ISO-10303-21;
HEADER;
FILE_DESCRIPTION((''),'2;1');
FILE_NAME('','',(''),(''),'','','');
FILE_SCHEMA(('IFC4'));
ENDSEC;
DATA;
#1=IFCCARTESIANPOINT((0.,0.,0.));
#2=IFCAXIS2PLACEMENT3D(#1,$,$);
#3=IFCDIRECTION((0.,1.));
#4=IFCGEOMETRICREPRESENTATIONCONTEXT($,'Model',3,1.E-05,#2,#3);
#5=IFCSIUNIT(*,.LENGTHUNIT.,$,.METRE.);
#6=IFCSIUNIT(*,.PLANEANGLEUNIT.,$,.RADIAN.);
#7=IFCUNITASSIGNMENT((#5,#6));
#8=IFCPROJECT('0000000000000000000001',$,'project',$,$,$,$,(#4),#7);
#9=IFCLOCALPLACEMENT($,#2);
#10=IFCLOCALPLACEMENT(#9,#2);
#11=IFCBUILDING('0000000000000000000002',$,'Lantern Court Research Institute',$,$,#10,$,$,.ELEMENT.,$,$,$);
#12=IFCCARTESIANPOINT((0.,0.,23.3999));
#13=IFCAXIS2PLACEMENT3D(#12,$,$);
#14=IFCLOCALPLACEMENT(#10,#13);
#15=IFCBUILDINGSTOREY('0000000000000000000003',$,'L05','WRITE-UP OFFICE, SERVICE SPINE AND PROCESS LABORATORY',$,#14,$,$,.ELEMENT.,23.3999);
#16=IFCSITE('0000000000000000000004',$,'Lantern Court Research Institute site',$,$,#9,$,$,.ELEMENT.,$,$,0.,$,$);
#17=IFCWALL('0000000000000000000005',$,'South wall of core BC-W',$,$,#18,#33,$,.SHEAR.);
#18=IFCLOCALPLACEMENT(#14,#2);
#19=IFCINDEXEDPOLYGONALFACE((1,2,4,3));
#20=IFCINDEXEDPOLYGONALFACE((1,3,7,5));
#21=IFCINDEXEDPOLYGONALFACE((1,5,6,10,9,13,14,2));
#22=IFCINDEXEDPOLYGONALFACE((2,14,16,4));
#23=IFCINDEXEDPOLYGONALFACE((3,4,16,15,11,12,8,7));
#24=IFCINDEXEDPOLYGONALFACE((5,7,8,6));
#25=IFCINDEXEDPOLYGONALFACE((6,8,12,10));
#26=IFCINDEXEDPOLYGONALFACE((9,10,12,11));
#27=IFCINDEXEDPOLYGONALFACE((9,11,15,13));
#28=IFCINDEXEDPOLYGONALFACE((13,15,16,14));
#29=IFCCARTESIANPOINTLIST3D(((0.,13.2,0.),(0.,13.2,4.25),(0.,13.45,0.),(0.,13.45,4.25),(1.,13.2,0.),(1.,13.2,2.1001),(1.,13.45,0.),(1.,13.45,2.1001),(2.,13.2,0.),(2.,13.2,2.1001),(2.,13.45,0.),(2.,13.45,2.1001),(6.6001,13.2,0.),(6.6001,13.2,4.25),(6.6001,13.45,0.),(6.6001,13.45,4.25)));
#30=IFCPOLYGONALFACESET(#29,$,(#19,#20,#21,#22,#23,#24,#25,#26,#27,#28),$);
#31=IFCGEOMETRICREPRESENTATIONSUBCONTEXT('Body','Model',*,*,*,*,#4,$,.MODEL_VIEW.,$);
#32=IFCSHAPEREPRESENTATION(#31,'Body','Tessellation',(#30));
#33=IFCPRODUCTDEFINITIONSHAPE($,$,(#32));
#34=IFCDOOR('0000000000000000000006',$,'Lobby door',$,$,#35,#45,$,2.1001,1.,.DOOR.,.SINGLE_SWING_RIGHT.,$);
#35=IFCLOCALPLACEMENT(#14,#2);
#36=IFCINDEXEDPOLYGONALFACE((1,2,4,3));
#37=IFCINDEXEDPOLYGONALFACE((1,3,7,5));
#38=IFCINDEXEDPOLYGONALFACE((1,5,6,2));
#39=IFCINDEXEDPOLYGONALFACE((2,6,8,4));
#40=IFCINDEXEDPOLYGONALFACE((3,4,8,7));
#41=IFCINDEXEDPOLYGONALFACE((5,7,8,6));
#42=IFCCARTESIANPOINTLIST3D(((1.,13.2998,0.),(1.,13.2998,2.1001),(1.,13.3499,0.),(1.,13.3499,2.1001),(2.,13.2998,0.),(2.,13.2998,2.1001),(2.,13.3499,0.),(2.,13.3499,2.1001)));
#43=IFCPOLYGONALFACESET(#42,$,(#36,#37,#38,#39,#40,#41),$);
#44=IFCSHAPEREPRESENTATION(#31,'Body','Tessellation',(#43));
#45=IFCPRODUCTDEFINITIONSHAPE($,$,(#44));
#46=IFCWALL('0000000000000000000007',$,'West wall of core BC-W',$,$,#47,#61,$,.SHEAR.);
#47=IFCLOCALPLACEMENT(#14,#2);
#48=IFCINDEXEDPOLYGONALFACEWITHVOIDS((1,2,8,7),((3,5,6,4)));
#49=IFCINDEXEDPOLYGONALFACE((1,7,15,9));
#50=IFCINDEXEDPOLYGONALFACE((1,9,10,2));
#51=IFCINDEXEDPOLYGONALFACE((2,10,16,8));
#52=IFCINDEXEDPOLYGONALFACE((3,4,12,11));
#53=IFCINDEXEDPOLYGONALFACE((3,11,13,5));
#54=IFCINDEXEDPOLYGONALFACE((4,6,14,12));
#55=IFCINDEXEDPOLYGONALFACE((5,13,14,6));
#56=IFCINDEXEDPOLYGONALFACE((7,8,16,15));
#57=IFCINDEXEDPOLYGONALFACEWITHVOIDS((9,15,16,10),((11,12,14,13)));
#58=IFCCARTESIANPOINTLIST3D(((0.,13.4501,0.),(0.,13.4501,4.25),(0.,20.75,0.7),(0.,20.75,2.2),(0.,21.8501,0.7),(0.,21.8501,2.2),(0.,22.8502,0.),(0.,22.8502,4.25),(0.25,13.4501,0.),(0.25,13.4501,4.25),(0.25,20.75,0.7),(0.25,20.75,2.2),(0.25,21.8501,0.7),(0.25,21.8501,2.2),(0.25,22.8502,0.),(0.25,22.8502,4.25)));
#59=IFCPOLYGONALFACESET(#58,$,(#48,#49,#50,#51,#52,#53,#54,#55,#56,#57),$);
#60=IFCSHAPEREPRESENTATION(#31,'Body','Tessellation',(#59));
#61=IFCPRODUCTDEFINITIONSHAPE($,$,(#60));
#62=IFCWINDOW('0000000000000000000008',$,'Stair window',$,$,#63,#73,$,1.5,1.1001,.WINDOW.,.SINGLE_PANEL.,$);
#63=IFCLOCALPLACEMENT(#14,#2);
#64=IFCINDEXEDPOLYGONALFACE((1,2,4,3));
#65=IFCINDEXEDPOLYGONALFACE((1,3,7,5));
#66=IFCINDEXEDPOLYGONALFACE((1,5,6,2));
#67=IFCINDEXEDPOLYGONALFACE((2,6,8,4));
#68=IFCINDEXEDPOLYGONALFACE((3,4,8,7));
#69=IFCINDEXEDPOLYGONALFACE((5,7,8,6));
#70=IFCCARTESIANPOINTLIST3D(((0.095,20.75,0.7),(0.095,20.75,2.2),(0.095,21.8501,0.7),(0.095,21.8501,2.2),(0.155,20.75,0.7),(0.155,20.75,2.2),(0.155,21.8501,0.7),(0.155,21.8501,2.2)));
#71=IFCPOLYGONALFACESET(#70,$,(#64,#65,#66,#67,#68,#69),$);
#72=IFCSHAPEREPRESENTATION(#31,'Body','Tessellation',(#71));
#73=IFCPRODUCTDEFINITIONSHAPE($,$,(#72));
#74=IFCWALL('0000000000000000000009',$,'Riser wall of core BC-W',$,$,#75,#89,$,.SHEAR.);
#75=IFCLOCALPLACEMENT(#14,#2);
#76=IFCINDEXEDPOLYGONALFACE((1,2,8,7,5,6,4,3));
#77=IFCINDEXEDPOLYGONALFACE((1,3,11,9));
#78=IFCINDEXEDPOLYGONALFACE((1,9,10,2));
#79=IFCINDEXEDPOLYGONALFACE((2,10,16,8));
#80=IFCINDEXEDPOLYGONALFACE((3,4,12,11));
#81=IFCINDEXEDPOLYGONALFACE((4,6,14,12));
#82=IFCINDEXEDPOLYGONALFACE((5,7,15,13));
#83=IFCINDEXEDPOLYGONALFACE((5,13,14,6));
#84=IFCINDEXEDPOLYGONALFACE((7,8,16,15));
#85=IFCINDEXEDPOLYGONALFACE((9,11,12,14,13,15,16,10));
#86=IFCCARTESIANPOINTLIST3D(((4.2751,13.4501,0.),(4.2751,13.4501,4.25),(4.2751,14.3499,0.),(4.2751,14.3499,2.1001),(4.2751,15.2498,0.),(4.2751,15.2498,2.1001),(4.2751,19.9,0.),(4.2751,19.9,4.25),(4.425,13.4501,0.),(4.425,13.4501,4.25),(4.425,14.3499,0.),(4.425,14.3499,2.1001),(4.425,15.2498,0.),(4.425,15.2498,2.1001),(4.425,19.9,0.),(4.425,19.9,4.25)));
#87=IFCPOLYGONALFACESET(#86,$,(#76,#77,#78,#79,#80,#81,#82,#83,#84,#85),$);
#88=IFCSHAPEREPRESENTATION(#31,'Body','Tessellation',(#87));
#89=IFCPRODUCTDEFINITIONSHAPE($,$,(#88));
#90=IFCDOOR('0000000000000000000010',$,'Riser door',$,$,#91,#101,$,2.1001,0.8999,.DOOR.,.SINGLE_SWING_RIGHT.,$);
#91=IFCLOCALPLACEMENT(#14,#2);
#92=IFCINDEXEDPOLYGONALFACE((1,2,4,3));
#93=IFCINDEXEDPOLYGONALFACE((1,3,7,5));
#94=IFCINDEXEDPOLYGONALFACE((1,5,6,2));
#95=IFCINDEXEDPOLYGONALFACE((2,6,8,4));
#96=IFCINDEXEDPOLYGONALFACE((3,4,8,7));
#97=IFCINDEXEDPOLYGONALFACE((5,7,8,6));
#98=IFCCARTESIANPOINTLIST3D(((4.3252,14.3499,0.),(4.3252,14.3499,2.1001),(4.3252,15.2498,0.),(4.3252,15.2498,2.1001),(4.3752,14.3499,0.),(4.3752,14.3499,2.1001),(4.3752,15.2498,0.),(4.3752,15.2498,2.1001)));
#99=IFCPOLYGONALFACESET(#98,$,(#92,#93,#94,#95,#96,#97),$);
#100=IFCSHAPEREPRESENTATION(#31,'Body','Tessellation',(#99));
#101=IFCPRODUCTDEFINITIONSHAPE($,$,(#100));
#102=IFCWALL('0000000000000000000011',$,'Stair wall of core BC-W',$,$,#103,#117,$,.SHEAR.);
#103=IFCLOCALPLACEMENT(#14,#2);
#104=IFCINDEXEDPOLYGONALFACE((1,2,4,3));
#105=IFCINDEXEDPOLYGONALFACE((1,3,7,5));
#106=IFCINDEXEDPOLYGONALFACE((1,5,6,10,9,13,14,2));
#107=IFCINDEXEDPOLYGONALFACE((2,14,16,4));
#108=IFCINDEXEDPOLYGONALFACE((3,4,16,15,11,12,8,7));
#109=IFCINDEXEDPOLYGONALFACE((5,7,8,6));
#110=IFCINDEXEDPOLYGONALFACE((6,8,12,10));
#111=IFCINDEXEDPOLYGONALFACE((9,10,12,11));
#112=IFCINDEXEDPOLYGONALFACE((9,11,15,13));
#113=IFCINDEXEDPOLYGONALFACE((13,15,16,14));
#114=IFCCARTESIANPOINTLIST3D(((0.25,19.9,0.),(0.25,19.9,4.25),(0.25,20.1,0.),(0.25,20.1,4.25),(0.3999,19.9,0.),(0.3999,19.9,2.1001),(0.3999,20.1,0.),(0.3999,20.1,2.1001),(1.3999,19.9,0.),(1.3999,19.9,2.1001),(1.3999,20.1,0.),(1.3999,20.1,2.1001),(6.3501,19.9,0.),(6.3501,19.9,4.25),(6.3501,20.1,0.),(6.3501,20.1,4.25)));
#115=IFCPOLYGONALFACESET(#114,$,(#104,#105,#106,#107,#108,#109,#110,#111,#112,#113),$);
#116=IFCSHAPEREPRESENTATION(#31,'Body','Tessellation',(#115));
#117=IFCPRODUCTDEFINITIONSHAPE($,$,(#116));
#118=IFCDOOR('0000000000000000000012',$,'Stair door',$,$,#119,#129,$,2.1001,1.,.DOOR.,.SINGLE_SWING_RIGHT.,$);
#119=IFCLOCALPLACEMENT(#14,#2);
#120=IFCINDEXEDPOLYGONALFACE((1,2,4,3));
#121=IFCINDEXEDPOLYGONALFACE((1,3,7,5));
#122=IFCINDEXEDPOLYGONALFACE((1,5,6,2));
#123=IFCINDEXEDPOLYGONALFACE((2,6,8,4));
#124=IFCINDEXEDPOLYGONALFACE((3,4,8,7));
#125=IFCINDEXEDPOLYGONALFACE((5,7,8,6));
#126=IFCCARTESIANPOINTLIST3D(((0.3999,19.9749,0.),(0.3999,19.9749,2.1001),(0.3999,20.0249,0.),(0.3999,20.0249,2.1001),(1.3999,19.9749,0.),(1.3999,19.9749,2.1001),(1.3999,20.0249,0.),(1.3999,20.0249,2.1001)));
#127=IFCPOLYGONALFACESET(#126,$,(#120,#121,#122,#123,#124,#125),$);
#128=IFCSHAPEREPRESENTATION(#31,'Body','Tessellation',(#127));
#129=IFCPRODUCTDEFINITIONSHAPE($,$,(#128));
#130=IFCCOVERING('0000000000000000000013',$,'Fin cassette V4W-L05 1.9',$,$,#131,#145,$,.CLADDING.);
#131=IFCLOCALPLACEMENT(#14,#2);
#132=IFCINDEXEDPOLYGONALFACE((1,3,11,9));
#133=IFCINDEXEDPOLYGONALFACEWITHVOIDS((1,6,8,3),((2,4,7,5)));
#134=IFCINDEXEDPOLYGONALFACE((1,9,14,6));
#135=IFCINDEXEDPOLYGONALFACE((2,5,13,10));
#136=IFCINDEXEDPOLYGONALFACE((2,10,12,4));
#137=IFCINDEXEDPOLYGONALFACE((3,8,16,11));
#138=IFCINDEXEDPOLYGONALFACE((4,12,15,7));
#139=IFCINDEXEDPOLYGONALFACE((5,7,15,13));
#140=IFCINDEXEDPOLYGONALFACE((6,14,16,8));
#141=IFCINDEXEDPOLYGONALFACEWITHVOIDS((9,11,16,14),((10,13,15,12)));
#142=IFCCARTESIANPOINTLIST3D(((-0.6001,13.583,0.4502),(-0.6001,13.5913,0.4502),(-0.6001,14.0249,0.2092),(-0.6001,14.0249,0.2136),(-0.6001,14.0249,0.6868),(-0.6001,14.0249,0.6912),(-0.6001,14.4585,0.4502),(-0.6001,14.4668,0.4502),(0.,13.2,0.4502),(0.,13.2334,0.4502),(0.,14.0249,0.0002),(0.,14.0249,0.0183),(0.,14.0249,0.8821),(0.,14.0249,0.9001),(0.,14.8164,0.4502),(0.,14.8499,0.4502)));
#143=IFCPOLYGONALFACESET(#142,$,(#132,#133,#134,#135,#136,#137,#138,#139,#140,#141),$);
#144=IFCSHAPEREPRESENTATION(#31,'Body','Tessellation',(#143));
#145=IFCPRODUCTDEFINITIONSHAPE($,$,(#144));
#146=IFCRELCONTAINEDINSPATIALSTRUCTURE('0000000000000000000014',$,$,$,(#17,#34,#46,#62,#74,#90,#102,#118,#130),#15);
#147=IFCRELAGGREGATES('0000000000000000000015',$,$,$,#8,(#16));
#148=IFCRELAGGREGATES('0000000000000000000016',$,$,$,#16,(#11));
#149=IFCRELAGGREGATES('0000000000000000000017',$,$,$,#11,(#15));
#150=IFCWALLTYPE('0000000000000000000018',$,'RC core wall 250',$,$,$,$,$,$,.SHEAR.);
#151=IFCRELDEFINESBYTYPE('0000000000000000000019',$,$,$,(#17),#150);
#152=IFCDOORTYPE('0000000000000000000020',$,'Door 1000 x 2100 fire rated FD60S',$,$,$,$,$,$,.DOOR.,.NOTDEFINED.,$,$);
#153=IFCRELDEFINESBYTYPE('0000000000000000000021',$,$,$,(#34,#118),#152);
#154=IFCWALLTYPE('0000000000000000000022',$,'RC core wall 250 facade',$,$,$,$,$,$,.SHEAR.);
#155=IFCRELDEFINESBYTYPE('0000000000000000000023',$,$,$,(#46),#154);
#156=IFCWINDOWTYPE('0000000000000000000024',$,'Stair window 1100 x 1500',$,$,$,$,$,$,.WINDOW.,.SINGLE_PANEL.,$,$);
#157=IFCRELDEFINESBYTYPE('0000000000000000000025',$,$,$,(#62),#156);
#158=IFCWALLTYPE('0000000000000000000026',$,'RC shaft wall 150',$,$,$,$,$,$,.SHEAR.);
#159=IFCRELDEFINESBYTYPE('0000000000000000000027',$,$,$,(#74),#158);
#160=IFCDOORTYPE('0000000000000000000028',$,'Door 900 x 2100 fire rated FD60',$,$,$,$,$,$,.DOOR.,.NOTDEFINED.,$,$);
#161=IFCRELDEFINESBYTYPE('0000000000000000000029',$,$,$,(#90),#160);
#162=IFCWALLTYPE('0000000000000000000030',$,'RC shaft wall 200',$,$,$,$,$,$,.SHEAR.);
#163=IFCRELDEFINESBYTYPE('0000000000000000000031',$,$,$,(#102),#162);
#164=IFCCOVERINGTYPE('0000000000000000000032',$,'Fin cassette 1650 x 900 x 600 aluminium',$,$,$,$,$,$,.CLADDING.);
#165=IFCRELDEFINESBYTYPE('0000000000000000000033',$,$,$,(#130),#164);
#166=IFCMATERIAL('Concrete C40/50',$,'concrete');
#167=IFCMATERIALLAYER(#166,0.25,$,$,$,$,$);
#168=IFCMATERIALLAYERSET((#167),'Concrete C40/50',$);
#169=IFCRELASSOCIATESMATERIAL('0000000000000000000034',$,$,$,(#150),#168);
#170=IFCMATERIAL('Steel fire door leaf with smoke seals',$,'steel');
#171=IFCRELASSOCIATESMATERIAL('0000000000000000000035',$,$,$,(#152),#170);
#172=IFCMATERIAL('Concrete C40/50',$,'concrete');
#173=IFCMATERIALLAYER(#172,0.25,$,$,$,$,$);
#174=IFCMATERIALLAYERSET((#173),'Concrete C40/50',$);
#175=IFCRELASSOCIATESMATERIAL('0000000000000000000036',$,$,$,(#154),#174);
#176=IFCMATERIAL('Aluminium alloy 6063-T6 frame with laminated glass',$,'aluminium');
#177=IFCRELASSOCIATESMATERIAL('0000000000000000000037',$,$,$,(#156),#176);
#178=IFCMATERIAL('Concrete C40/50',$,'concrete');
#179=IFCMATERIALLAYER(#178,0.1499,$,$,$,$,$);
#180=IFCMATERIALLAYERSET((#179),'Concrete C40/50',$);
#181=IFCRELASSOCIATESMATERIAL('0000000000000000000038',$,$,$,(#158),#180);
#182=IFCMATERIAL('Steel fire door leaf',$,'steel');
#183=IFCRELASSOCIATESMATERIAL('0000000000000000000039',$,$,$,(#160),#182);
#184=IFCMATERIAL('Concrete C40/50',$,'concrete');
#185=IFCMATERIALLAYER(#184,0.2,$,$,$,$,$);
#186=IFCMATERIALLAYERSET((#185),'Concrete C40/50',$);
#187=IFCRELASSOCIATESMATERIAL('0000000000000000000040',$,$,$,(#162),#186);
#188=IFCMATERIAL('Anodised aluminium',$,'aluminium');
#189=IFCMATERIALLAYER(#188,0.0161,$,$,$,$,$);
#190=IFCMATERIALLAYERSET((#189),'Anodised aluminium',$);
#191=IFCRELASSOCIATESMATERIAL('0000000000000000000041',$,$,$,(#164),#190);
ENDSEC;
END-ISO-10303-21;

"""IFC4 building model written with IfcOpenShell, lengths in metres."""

from ifc_helpers import new_model, entity, si_unit, direction, frame, frame_2d, origin, place, context, subcontext, project, spatial, rectangle, extrude, material, layer, layer_set, type_object, element, fill, save


model = new_model("IFC4")

# Units and contexts
model_context = context("Model", 3, precision=1e-05, world=origin(), true_north=direction((0.0, 1.0)))
body_context = subcontext(model_context, "Body", "Model", "MODEL_VIEW")
ifc_project = project(units=[si_unit("LENGTHUNIT", "METRE"), si_unit("PLANEANGLEUNIT", "RADIAN")], contexts=[model_context])

# Site, building, storey
site_placement = place(None, origin())
site = spatial("IfcSite", under=ifc_project, at=site_placement, Name="Lantern Court Research Institute site", CompositionType="ELEMENT", RefElevation=0.0)
building_placement = place(site_placement, origin())
building = spatial("IfcBuilding", under=site, at=building_placement, Name="Lantern Court Research Institute", CompositionType="ELEMENT")
storey_placement = place(building_placement, frame((0.0, 0.0, 23.3999)))
storey = spatial("IfcBuildingStorey", under=building, at=storey_placement, Name="L05", Description="WRITE-UP OFFICE, SERVICE SPINE AND PROCESS LABORATORY", CompositionType="ELEMENT", Elevation=23.3999)

# Wall, opening, door
ifc_material_1 = material(Name="Concrete C40/50", Category="concrete")
ifc_layer_1 = layer(ifc_material_1, 0.25)
ifc_layer_set_1 = layer_set([ifc_layer_1], Name="Concrete C40/50")
wall_type_1 = type_object("IfcWallType", Name="RC core wall 250", PredefinedType="SHEAR", material=ifc_layer_set_1)
wall_1_placement = place(storey_placement, frame((0.0, 13.325, 0.0), z_axis=(0.0, 0.0, 1.0), x_axis=(1.0, 0.0, 0.0)))
wall_1 = element("IfcWall", 1, at=wall_1_placement, inside=storey, type_object=wall_type_1, Name="South wall of core BC-W", PredefinedType="SHEAR", context=body_context, shape_type="SweptSolid", body=[
    extrude(rectangle(XDim=6.6001, YDim=0.25, at=frame_2d((3.3, 0.0))), origin(), (0.0, 0.0, 1.0), 4.25),
])
opening_1_placement = place(wall_1_placement, frame((1.0, 0.0, 0.0)))
opening_1 = element("IfcOpeningElement", 2, at=opening_1_placement, cuts=wall_1, PredefinedType="OPENING", context=body_context, shape_type="SweptSolid", body=[
    extrude(rectangle(XDim=1.0, YDim=2.1001, at=frame_2d((0.5, 1.05))), frame((0.0, 0.135, 0.0), z_axis=(0.0, -1.0, 0.0), x_axis=(1.0, 0.0, 0.0)), (0.0, 0.0, 1.0), 0.27),
])
ifc_material_2 = material(Name="Steel fire door leaf with smoke seals", Category="steel")
door_type_1 = type_object("IfcDoorType", Name="Door 1000 x 2100 fire rated FD60S", OperationType="NOTDEFINED", PredefinedType="DOOR", material=ifc_material_2)
door_1_placement = place(opening_1_placement, origin())
door_1 = element("IfcDoor", 3, at=door_1_placement, inside=storey, type_object=door_type_1, Name="Lobby door", OperationType="SINGLE_SWING_RIGHT", OverallHeight=2.1001, OverallWidth=1.0, PredefinedType="DOOR", context=body_context, shape_type="SweptSolid", body=[
    extrude(rectangle(XDim=1.0, YDim=2.1001, at=frame_2d((0.5, 1.05))), frame((0.0, 0.0249, 0.0), z_axis=(0.0, -1.0, 0.0), x_axis=(1.0, 0.0, 0.0)), (0.0, 0.0, 1.0), 0.05),
])
fill(opening_1, door_1)

# Wall, opening, window
ifc_material_3 = material(Name="Concrete C40/50", Category="concrete")
ifc_layer_2 = layer(ifc_material_3, 0.25)
ifc_layer_set_2 = layer_set([ifc_layer_2], Name="Concrete C40/50")
wall_type_2 = type_object("IfcWallType", Name="RC core wall 250 facade", PredefinedType="SHEAR", material=ifc_layer_set_2)
wall_2_placement = place(storey_placement, frame((0.125, 13.45, 0.0), z_axis=(0.0, 0.0, 1.0), x_axis=(0.0, 1.0, 0.0)))
wall_2 = element("IfcWall", 4, at=wall_2_placement, inside=storey, type_object=wall_type_2, Name="West wall of core BC-W", PredefinedType="SHEAR", context=body_context, shape_type="SweptSolid", body=[
    extrude(rectangle(XDim=9.4001, YDim=0.25, at=frame_2d((4.7002, 0.0))), origin(), (0.0, 0.0, 1.0), 4.25),
])
opening_2_placement = place(wall_2_placement, frame((7.3, 0.0, 0.7)))
opening_2 = element("IfcOpeningElement", 5, at=opening_2_placement, cuts=wall_2, PredefinedType="OPENING", context=body_context, shape_type="SweptSolid", body=[
    extrude(rectangle(XDim=1.1001, YDim=1.5, at=frame_2d((0.55, 0.75))), frame((0.0, 0.135, 0.0), z_axis=(0.0, -1.0, 0.0), x_axis=(1.0, 0.0, 0.0)), (0.0, 0.0, 1.0), 0.27),
])
ifc_material_4 = material(Name="Aluminium alloy 6063-T6 frame with laminated glass", Category="aluminium")
window_type = type_object("IfcWindowType", Name="Stair window 1100 x 1500", PartitioningType="SINGLE_PANEL", PredefinedType="WINDOW", material=ifc_material_4)
window_placement = place(opening_2_placement, origin())
window = element("IfcWindow", 6, at=window_placement, inside=storey, type_object=window_type, Name="Stair window", OverallHeight=1.5, OverallWidth=1.1001, PartitioningType="SINGLE_PANEL", PredefinedType="WINDOW", context=body_context, shape_type="SweptSolid", body=[
    extrude(rectangle(XDim=1.1001, YDim=1.5, at=frame_2d((0.55, 0.75))), frame((0.0, 0.03, 0.0), z_axis=(0.0, -1.0, 0.0), x_axis=(1.0, 0.0, 0.0)), (0.0, 0.0, 1.0), 0.0601),
])
fill(opening_2, window)

# Walls, openings, doors
ifc_material_5 = material(Name="Concrete C40/50", Category="concrete")
ifc_layer_3 = layer(ifc_material_5, 0.1499)
ifc_layer_set_3 = layer_set([ifc_layer_3], Name="Concrete C40/50")
wall_type_3 = type_object("IfcWallType", Name="RC shaft wall 150", PredefinedType="SHEAR", material=ifc_layer_set_3)
wall_3_placement = place(storey_placement, frame((4.3501, 13.45, 0.0), z_axis=(0.0, 0.0, 1.0), x_axis=(0.0, 1.0, 0.0)))
wall_3 = element("IfcWall", 7, at=wall_3_placement, inside=storey, type_object=wall_type_3, Name="Riser wall of core BC-W", PredefinedType="SHEAR", context=body_context, shape_type="SweptSolid", body=[
    extrude(rectangle(XDim=6.45, YDim=0.1499, at=frame_2d((3.2251, 0.0))), origin(), (0.0, 0.0, 1.0), 4.25),
])
opening_3_placement = place(wall_3_placement, frame((0.8999, 0.0, 0.0)))
opening_3 = element("IfcOpeningElement", 8, at=opening_3_placement, cuts=wall_3, PredefinedType="OPENING", context=body_context, shape_type="SweptSolid", body=[
    extrude(rectangle(XDim=0.8999, YDim=2.1001, at=frame_2d((0.45, 1.05))), frame((0.0, 0.085, 0.0), z_axis=(0.0, -1.0, 0.0), x_axis=(1.0, 0.0, 0.0)), (0.0, 0.0, 1.0), 0.1699),
])
ifc_material_6 = material(Name="Steel fire door leaf", Category="steel")
door_type_2 = type_object("IfcDoorType", Name="Door 900 x 2100 fire rated FD60", OperationType="NOTDEFINED", PredefinedType="DOOR", material=ifc_material_6)
door_2_placement = place(opening_3_placement, origin())
door_2 = element("IfcDoor", 9, at=door_2_placement, inside=storey, type_object=door_type_2, Name="Riser door", OperationType="SINGLE_SWING_RIGHT", OverallHeight=2.1001, OverallWidth=0.8999, PredefinedType="DOOR", context=body_context, shape_type="SweptSolid", body=[
    extrude(rectangle(XDim=0.8999, YDim=2.1001, at=frame_2d((0.45, 1.05))), frame((0.0, 0.0249, 0.0), z_axis=(0.0, -1.0, 0.0), x_axis=(1.0, 0.0, 0.0)), (0.0, 0.0, 1.0), 0.05),
])
fill(opening_3, door_2)
ifc_material_7 = material(Name="Concrete C40/50", Category="concrete")
ifc_layer_4 = layer(ifc_material_7, 0.2)
ifc_layer_set_4 = layer_set([ifc_layer_4], Name="Concrete C40/50")
wall_type_4 = type_object("IfcWallType", Name="RC shaft wall 200", PredefinedType="SHEAR", material=ifc_layer_set_4)
wall_4_placement = place(storey_placement, frame((0.25, 20.0, 0.0), z_axis=(0.0, 0.0, 1.0), x_axis=(1.0, 0.0, 0.0)))
wall_4 = element("IfcWall", 10, at=wall_4_placement, inside=storey, type_object=wall_type_4, Name="Stair wall of core BC-W", PredefinedType="SHEAR", context=body_context, shape_type="SweptSolid", body=[
    extrude(rectangle(XDim=6.1001, YDim=0.2, at=frame_2d((3.05, 0.0))), origin(), (0.0, 0.0, 1.0), 4.25),
])
opening_4_placement = place(wall_4_placement, frame((0.1499, 0.0, 0.0)))
opening_4 = element("IfcOpeningElement", 11, at=opening_4_placement, cuts=wall_4, PredefinedType="OPENING", context=body_context, shape_type="SweptSolid", body=[
    extrude(rectangle(XDim=1.0, YDim=2.1001, at=frame_2d((0.5, 1.05))), frame((0.0, 0.1099, 0.0), z_axis=(0.0, -1.0, 0.0), x_axis=(1.0, 0.0, 0.0)), (0.0, 0.0, 1.0), 0.22),
])
door_3_placement = place(opening_4_placement, origin())
door_3 = element("IfcDoor", 12, at=door_3_placement, inside=storey, type_object=door_type_1, Name="Stair door", OperationType="SINGLE_SWING_RIGHT", OverallHeight=2.1001, OverallWidth=1.0, PredefinedType="DOOR", context=body_context, shape_type="SweptSolid", body=[
    extrude(rectangle(XDim=1.0, YDim=2.1001, at=frame_2d((0.5, 1.05))), frame((0.0, 0.0249, 0.0), z_axis=(0.0, -1.0, 0.0), x_axis=(1.0, 0.0, 0.0)), (0.0, 0.0, 1.0), 0.05),
])
fill(opening_4, door_3)

# Covering
ifc_material_8 = material(Name="Anodised aluminium", Category="aluminium")
ifc_layer_5 = layer(ifc_material_8, 0.0161)
ifc_layer_set_5 = layer_set([ifc_layer_5], Name="Anodised aluminium")
covering_type = type_object("IfcCoveringType", Name="Fin cassette 1650 x 900 x 600 aluminium", PredefinedType="CLADDING", material=ifc_layer_set_5)
covering_1_placement = place(storey_placement, frame((0.0, 14.0249, 0.4502), z_axis=(-1.0, 0.0, 0.0), x_axis=(0.0, -1.0, 0.0)))
cartesian_point_1 = entity("IfcCartesianPoint", [0.825, 0.0])
cartesian_point_2 = entity("IfcCartesianPoint", [0.7915, 0.0])
cartesian_point_3 = entity("IfcCartesianPoint", [0.4419, 0.0])
cartesian_point_4 = entity("IfcCartesianPoint", [0.4336, 0.0])
element("IfcCovering", 13, at=covering_1_placement, inside=storey, type_object=covering_type, Name="Fin cassette V4W-L05 1.9", PredefinedType="CLADDING", context=body_context, shape_type="SweptSolid", body=[
    entity("IfcExtrudedAreaSolidTapered", entity("IfcArbitraryProfileDefWithVoids", "AREA", None, entity("IfcPolyline", [cartesian_point_1, entity("IfcCartesianPoint", [0.0, 0.45]), entity("IfcCartesianPoint", [-0.825, 0.0]), entity("IfcCartesianPoint", [0.0, -0.45]), cartesian_point_1]), [entity("IfcPolyline", [cartesian_point_2, entity("IfcCartesianPoint", [0.0, 0.4319]), entity("IfcCartesianPoint", [-0.7915, 0.0]), entity("IfcCartesianPoint", [0.0, -0.4319]), cartesian_point_2])]), entity("IfcAxis2Placement3D", entity("IfcCartesianPoint", [0.0, 0.0, 0.0])), entity("IfcDirection", [0.0, 0.0, 1.0]), 0.6001, entity("IfcArbitraryProfileDefWithVoids", "AREA", None, entity("IfcPolyline", [cartesian_point_3, entity("IfcCartesianPoint", [0.0, 0.241]), entity("IfcCartesianPoint", [-0.4419, 0.0]), entity("IfcCartesianPoint", [0.0, -0.241]), cartesian_point_3]), [entity("IfcPolyline", [cartesian_point_4, entity("IfcCartesianPoint", [0.0, 0.2366]), entity("IfcCartesianPoint", [-0.4336, 0.0]), entity("IfcCartesianPoint", [0.0, -0.2366]), cartesian_point_4])])),
])

save(model, "model.ifc")
